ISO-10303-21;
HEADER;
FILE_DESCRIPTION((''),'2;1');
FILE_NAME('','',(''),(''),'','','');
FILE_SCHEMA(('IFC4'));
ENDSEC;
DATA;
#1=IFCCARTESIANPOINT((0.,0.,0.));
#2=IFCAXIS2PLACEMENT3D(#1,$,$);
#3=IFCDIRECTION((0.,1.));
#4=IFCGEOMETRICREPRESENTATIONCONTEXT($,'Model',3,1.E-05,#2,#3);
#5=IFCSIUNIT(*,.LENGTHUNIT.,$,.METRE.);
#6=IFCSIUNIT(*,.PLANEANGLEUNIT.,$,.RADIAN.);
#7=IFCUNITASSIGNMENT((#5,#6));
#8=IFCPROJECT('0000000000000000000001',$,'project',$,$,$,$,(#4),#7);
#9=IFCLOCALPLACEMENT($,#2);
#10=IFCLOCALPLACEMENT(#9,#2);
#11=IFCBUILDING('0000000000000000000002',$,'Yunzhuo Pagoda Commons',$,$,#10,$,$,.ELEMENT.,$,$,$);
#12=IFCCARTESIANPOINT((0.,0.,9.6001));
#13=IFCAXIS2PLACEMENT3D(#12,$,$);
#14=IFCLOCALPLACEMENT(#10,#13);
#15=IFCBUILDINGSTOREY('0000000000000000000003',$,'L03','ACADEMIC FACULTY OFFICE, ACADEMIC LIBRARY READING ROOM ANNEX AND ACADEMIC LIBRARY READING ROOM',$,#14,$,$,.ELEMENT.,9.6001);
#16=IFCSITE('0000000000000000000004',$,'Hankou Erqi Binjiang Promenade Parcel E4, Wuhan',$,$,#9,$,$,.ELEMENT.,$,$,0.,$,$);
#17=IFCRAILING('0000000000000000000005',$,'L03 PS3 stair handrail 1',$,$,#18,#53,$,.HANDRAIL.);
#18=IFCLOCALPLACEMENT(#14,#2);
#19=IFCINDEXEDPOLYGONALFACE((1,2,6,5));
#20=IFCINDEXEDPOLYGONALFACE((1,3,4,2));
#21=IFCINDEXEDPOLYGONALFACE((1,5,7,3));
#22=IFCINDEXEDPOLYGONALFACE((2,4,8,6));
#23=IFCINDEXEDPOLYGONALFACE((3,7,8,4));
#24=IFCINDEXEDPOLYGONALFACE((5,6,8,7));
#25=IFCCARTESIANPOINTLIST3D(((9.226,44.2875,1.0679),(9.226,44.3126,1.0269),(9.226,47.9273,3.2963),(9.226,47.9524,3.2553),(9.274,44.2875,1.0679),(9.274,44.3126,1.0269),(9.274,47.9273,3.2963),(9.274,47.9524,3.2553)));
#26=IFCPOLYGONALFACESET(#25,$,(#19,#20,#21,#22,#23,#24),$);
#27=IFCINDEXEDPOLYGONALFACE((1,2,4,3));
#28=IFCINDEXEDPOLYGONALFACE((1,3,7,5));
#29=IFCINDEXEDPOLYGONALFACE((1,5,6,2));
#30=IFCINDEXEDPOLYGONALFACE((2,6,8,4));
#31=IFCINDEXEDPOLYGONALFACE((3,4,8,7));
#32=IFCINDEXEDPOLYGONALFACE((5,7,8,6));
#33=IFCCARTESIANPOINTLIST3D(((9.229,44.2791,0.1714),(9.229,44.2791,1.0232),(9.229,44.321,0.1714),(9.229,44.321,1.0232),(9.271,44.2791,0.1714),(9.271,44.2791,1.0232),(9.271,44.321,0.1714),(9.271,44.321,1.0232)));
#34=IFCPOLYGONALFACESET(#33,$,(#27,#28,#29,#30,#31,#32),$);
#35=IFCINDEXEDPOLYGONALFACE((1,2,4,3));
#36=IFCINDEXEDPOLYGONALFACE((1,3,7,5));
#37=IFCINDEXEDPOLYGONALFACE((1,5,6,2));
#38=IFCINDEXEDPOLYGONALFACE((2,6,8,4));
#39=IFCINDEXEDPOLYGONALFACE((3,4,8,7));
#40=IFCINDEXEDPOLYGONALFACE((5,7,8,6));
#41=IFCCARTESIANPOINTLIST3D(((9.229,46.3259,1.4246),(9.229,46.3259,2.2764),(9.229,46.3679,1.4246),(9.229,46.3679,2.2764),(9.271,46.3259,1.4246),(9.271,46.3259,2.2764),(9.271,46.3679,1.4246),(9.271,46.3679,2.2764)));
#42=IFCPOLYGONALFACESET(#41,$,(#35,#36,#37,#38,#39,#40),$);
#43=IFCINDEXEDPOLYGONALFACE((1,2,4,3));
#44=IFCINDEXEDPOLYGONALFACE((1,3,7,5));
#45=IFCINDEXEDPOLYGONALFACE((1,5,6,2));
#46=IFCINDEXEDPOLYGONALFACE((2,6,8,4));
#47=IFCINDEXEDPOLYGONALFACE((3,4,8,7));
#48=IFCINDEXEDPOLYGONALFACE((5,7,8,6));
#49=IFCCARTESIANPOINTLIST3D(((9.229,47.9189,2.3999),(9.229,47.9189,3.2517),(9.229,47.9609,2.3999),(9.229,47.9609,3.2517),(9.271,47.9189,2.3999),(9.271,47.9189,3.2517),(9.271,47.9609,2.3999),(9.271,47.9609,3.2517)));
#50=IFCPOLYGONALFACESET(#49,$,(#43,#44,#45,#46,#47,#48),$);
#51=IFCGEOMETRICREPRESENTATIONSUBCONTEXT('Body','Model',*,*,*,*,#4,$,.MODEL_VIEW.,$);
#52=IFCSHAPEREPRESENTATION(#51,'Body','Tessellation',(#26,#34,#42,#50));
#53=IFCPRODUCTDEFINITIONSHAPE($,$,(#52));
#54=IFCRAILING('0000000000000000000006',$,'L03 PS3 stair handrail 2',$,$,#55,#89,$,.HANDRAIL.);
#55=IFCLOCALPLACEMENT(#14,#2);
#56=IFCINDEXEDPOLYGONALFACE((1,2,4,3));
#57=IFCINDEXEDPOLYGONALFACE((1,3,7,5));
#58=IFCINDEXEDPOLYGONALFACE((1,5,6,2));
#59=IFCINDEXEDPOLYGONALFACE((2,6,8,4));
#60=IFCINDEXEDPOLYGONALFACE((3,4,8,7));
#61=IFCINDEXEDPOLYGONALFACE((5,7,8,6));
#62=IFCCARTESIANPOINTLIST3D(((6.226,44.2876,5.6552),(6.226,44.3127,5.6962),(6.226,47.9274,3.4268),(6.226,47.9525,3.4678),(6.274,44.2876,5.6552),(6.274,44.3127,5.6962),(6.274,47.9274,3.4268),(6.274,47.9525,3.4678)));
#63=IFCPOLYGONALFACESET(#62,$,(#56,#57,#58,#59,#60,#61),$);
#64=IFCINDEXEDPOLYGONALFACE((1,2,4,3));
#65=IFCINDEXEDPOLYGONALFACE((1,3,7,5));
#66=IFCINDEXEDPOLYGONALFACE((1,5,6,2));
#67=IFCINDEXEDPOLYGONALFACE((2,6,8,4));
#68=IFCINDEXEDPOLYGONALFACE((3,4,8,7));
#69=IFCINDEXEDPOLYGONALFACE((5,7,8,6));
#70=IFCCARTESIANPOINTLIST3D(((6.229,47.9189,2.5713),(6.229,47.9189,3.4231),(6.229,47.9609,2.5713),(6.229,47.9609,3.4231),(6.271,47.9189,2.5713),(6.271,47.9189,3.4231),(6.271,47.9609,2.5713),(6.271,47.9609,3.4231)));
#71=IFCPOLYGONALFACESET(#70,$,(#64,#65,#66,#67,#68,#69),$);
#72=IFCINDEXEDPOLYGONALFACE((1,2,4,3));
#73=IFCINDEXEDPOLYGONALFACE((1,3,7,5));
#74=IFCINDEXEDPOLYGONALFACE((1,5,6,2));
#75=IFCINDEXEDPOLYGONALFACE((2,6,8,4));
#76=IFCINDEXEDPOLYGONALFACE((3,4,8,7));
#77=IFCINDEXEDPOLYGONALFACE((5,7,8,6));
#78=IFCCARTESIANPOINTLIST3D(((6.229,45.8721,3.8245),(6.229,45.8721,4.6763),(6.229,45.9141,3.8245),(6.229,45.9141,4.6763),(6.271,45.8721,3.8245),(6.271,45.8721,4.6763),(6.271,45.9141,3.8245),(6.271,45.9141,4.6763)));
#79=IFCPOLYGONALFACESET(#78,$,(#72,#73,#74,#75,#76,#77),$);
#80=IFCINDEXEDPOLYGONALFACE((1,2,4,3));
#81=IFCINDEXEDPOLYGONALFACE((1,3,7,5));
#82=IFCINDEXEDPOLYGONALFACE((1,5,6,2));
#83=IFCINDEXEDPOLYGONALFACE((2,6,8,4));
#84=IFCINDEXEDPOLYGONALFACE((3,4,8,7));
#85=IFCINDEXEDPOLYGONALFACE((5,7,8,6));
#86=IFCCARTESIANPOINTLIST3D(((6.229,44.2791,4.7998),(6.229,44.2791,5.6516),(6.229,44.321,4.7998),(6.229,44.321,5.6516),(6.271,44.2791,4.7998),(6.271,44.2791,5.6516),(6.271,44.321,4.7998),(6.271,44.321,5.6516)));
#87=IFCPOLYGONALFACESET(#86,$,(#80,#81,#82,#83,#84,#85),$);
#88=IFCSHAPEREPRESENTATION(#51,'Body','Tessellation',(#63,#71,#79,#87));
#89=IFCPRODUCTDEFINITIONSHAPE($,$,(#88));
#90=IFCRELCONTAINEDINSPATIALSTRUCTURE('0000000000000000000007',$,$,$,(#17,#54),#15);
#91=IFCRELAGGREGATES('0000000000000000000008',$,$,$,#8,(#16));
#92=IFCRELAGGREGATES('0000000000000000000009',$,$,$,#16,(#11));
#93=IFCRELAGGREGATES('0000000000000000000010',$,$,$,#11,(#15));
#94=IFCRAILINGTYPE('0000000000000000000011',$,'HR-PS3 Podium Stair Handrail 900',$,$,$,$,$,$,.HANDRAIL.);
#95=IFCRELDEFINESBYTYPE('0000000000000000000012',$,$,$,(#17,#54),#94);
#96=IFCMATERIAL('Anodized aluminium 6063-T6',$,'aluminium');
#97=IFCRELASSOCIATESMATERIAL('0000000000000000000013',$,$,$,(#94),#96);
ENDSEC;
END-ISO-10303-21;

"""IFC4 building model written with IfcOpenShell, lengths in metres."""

from ifc_helpers import new_model, si_unit, direction, frame, origin, origin_2d, place, context, subcontext, project, spatial, rectangle, extrude, material, type_object, element, save


model = new_model("IFC4")

# Units and contexts
model_context = context("Model", 3, precision=1e-05, world=origin(), true_north=direction((0.0, 1.0)))
body_context = subcontext(model_context, "Body", "Model", "MODEL_VIEW")
ifc_project = project(units=[si_unit("LENGTHUNIT", "METRE"), si_unit("PLANEANGLEUNIT", "RADIAN")], contexts=[model_context])

# Site, building, storey
site_placement = place(None, origin())
site = spatial("IfcSite", under=ifc_project, at=site_placement, Name="Hankou Erqi Binjiang Promenade Parcel E4, Wuhan", CompositionType="ELEMENT", RefElevation=0.0)
building_placement = place(site_placement, origin())
building = spatial("IfcBuilding", under=site, at=building_placement, Name="Yunzhuo Pagoda Commons", CompositionType="ELEMENT")
storey_placement = place(building_placement, frame((0.0, 0.0, 9.6001)))
storey = spatial("IfcBuildingStorey", under=building, at=storey_placement, Name="L03", Description="ACADEMIC FACULTY OFFICE, ACADEMIC LIBRARY READING ROOM ANNEX AND ACADEMIC LIBRARY READING ROOM", CompositionType="ELEMENT", Elevation=9.6001)

# Railings
ifc_material_1 = material(Name="Anodized aluminium 6063-T6", Category="aluminium")
railing_type_1 = type_object("IfcRailingType", Name="HR-PS3 Podium Stair Handrail 900", PredefinedType="HANDRAIL", material=ifc_material_1)
railing_1_placement = place(storey_placement, frame((9.25, 44.3, 0.1714)))
element("IfcRailing", 1, at=railing_1_placement, inside=storey, type_object=railing_type_1, Name="L03 PS3 stair handrail 1", PredefinedType="HANDRAIL", context=body_context, shape_type="SweptSolid", body=[
    extrude(rectangle(XDim=0.0481, YDim=0.0481, at=origin_2d()), frame((0.0, 0.0, 0.876), z_axis=(0.0, 0.85285, 0.522156), x_axis=(-1.0, 0.0, 0.0)), (0.0, 0.0, 1.0), 4.2678),
    extrude(rectangle(XDim=0.042, YDim=0.042, at=origin_2d()), origin(), (0.0, 0.0, 1.0), 0.8518),
    extrude(rectangle(XDim=0.042, YDim=0.042, at=origin_2d()), frame((0.0, 2.0469, 1.2532)), (0.0, 0.0, 1.0), 0.8518),
    extrude(rectangle(XDim=0.042, YDim=0.042, at=origin_2d()), frame((0.0, 3.6399, 2.2285)), (0.0, 0.0, 1.0), 0.8518),
])
railing_2_placement = place(storey_placement, frame((6.25, 47.9399, 2.5713)))
element("IfcRailing", 2, at=railing_2_placement, inside=storey, type_object=railing_type_1, Name="L03 PS3 stair handrail 2", PredefinedType="HANDRAIL", context=body_context, shape_type="SweptSolid", body=[
    extrude(rectangle(XDim=0.0481, YDim=0.0481, at=origin_2d()), frame((0.0, 0.0, 0.876), z_axis=(0.0, -0.85285, 0.522156), x_axis=(1.0, 0.0, 0.0)), (0.0, 0.0, 1.0), 4.2678),
    extrude(rectangle(XDim=0.042, YDim=0.042, at=origin_2d()), origin(), (0.0, 0.0, 1.0), 0.8518),
    extrude(rectangle(XDim=0.042, YDim=0.042, at=origin_2d()), frame((0.0, -2.0469, 1.2532)), (0.0, 0.0, 1.0), 0.8518),
    extrude(rectangle(XDim=0.042, YDim=0.042, at=origin_2d()), frame((0.0, -3.6399, 2.2285)), (0.0, 0.0, 1.0), 0.8518),
])

save(model, "model.ifc")
